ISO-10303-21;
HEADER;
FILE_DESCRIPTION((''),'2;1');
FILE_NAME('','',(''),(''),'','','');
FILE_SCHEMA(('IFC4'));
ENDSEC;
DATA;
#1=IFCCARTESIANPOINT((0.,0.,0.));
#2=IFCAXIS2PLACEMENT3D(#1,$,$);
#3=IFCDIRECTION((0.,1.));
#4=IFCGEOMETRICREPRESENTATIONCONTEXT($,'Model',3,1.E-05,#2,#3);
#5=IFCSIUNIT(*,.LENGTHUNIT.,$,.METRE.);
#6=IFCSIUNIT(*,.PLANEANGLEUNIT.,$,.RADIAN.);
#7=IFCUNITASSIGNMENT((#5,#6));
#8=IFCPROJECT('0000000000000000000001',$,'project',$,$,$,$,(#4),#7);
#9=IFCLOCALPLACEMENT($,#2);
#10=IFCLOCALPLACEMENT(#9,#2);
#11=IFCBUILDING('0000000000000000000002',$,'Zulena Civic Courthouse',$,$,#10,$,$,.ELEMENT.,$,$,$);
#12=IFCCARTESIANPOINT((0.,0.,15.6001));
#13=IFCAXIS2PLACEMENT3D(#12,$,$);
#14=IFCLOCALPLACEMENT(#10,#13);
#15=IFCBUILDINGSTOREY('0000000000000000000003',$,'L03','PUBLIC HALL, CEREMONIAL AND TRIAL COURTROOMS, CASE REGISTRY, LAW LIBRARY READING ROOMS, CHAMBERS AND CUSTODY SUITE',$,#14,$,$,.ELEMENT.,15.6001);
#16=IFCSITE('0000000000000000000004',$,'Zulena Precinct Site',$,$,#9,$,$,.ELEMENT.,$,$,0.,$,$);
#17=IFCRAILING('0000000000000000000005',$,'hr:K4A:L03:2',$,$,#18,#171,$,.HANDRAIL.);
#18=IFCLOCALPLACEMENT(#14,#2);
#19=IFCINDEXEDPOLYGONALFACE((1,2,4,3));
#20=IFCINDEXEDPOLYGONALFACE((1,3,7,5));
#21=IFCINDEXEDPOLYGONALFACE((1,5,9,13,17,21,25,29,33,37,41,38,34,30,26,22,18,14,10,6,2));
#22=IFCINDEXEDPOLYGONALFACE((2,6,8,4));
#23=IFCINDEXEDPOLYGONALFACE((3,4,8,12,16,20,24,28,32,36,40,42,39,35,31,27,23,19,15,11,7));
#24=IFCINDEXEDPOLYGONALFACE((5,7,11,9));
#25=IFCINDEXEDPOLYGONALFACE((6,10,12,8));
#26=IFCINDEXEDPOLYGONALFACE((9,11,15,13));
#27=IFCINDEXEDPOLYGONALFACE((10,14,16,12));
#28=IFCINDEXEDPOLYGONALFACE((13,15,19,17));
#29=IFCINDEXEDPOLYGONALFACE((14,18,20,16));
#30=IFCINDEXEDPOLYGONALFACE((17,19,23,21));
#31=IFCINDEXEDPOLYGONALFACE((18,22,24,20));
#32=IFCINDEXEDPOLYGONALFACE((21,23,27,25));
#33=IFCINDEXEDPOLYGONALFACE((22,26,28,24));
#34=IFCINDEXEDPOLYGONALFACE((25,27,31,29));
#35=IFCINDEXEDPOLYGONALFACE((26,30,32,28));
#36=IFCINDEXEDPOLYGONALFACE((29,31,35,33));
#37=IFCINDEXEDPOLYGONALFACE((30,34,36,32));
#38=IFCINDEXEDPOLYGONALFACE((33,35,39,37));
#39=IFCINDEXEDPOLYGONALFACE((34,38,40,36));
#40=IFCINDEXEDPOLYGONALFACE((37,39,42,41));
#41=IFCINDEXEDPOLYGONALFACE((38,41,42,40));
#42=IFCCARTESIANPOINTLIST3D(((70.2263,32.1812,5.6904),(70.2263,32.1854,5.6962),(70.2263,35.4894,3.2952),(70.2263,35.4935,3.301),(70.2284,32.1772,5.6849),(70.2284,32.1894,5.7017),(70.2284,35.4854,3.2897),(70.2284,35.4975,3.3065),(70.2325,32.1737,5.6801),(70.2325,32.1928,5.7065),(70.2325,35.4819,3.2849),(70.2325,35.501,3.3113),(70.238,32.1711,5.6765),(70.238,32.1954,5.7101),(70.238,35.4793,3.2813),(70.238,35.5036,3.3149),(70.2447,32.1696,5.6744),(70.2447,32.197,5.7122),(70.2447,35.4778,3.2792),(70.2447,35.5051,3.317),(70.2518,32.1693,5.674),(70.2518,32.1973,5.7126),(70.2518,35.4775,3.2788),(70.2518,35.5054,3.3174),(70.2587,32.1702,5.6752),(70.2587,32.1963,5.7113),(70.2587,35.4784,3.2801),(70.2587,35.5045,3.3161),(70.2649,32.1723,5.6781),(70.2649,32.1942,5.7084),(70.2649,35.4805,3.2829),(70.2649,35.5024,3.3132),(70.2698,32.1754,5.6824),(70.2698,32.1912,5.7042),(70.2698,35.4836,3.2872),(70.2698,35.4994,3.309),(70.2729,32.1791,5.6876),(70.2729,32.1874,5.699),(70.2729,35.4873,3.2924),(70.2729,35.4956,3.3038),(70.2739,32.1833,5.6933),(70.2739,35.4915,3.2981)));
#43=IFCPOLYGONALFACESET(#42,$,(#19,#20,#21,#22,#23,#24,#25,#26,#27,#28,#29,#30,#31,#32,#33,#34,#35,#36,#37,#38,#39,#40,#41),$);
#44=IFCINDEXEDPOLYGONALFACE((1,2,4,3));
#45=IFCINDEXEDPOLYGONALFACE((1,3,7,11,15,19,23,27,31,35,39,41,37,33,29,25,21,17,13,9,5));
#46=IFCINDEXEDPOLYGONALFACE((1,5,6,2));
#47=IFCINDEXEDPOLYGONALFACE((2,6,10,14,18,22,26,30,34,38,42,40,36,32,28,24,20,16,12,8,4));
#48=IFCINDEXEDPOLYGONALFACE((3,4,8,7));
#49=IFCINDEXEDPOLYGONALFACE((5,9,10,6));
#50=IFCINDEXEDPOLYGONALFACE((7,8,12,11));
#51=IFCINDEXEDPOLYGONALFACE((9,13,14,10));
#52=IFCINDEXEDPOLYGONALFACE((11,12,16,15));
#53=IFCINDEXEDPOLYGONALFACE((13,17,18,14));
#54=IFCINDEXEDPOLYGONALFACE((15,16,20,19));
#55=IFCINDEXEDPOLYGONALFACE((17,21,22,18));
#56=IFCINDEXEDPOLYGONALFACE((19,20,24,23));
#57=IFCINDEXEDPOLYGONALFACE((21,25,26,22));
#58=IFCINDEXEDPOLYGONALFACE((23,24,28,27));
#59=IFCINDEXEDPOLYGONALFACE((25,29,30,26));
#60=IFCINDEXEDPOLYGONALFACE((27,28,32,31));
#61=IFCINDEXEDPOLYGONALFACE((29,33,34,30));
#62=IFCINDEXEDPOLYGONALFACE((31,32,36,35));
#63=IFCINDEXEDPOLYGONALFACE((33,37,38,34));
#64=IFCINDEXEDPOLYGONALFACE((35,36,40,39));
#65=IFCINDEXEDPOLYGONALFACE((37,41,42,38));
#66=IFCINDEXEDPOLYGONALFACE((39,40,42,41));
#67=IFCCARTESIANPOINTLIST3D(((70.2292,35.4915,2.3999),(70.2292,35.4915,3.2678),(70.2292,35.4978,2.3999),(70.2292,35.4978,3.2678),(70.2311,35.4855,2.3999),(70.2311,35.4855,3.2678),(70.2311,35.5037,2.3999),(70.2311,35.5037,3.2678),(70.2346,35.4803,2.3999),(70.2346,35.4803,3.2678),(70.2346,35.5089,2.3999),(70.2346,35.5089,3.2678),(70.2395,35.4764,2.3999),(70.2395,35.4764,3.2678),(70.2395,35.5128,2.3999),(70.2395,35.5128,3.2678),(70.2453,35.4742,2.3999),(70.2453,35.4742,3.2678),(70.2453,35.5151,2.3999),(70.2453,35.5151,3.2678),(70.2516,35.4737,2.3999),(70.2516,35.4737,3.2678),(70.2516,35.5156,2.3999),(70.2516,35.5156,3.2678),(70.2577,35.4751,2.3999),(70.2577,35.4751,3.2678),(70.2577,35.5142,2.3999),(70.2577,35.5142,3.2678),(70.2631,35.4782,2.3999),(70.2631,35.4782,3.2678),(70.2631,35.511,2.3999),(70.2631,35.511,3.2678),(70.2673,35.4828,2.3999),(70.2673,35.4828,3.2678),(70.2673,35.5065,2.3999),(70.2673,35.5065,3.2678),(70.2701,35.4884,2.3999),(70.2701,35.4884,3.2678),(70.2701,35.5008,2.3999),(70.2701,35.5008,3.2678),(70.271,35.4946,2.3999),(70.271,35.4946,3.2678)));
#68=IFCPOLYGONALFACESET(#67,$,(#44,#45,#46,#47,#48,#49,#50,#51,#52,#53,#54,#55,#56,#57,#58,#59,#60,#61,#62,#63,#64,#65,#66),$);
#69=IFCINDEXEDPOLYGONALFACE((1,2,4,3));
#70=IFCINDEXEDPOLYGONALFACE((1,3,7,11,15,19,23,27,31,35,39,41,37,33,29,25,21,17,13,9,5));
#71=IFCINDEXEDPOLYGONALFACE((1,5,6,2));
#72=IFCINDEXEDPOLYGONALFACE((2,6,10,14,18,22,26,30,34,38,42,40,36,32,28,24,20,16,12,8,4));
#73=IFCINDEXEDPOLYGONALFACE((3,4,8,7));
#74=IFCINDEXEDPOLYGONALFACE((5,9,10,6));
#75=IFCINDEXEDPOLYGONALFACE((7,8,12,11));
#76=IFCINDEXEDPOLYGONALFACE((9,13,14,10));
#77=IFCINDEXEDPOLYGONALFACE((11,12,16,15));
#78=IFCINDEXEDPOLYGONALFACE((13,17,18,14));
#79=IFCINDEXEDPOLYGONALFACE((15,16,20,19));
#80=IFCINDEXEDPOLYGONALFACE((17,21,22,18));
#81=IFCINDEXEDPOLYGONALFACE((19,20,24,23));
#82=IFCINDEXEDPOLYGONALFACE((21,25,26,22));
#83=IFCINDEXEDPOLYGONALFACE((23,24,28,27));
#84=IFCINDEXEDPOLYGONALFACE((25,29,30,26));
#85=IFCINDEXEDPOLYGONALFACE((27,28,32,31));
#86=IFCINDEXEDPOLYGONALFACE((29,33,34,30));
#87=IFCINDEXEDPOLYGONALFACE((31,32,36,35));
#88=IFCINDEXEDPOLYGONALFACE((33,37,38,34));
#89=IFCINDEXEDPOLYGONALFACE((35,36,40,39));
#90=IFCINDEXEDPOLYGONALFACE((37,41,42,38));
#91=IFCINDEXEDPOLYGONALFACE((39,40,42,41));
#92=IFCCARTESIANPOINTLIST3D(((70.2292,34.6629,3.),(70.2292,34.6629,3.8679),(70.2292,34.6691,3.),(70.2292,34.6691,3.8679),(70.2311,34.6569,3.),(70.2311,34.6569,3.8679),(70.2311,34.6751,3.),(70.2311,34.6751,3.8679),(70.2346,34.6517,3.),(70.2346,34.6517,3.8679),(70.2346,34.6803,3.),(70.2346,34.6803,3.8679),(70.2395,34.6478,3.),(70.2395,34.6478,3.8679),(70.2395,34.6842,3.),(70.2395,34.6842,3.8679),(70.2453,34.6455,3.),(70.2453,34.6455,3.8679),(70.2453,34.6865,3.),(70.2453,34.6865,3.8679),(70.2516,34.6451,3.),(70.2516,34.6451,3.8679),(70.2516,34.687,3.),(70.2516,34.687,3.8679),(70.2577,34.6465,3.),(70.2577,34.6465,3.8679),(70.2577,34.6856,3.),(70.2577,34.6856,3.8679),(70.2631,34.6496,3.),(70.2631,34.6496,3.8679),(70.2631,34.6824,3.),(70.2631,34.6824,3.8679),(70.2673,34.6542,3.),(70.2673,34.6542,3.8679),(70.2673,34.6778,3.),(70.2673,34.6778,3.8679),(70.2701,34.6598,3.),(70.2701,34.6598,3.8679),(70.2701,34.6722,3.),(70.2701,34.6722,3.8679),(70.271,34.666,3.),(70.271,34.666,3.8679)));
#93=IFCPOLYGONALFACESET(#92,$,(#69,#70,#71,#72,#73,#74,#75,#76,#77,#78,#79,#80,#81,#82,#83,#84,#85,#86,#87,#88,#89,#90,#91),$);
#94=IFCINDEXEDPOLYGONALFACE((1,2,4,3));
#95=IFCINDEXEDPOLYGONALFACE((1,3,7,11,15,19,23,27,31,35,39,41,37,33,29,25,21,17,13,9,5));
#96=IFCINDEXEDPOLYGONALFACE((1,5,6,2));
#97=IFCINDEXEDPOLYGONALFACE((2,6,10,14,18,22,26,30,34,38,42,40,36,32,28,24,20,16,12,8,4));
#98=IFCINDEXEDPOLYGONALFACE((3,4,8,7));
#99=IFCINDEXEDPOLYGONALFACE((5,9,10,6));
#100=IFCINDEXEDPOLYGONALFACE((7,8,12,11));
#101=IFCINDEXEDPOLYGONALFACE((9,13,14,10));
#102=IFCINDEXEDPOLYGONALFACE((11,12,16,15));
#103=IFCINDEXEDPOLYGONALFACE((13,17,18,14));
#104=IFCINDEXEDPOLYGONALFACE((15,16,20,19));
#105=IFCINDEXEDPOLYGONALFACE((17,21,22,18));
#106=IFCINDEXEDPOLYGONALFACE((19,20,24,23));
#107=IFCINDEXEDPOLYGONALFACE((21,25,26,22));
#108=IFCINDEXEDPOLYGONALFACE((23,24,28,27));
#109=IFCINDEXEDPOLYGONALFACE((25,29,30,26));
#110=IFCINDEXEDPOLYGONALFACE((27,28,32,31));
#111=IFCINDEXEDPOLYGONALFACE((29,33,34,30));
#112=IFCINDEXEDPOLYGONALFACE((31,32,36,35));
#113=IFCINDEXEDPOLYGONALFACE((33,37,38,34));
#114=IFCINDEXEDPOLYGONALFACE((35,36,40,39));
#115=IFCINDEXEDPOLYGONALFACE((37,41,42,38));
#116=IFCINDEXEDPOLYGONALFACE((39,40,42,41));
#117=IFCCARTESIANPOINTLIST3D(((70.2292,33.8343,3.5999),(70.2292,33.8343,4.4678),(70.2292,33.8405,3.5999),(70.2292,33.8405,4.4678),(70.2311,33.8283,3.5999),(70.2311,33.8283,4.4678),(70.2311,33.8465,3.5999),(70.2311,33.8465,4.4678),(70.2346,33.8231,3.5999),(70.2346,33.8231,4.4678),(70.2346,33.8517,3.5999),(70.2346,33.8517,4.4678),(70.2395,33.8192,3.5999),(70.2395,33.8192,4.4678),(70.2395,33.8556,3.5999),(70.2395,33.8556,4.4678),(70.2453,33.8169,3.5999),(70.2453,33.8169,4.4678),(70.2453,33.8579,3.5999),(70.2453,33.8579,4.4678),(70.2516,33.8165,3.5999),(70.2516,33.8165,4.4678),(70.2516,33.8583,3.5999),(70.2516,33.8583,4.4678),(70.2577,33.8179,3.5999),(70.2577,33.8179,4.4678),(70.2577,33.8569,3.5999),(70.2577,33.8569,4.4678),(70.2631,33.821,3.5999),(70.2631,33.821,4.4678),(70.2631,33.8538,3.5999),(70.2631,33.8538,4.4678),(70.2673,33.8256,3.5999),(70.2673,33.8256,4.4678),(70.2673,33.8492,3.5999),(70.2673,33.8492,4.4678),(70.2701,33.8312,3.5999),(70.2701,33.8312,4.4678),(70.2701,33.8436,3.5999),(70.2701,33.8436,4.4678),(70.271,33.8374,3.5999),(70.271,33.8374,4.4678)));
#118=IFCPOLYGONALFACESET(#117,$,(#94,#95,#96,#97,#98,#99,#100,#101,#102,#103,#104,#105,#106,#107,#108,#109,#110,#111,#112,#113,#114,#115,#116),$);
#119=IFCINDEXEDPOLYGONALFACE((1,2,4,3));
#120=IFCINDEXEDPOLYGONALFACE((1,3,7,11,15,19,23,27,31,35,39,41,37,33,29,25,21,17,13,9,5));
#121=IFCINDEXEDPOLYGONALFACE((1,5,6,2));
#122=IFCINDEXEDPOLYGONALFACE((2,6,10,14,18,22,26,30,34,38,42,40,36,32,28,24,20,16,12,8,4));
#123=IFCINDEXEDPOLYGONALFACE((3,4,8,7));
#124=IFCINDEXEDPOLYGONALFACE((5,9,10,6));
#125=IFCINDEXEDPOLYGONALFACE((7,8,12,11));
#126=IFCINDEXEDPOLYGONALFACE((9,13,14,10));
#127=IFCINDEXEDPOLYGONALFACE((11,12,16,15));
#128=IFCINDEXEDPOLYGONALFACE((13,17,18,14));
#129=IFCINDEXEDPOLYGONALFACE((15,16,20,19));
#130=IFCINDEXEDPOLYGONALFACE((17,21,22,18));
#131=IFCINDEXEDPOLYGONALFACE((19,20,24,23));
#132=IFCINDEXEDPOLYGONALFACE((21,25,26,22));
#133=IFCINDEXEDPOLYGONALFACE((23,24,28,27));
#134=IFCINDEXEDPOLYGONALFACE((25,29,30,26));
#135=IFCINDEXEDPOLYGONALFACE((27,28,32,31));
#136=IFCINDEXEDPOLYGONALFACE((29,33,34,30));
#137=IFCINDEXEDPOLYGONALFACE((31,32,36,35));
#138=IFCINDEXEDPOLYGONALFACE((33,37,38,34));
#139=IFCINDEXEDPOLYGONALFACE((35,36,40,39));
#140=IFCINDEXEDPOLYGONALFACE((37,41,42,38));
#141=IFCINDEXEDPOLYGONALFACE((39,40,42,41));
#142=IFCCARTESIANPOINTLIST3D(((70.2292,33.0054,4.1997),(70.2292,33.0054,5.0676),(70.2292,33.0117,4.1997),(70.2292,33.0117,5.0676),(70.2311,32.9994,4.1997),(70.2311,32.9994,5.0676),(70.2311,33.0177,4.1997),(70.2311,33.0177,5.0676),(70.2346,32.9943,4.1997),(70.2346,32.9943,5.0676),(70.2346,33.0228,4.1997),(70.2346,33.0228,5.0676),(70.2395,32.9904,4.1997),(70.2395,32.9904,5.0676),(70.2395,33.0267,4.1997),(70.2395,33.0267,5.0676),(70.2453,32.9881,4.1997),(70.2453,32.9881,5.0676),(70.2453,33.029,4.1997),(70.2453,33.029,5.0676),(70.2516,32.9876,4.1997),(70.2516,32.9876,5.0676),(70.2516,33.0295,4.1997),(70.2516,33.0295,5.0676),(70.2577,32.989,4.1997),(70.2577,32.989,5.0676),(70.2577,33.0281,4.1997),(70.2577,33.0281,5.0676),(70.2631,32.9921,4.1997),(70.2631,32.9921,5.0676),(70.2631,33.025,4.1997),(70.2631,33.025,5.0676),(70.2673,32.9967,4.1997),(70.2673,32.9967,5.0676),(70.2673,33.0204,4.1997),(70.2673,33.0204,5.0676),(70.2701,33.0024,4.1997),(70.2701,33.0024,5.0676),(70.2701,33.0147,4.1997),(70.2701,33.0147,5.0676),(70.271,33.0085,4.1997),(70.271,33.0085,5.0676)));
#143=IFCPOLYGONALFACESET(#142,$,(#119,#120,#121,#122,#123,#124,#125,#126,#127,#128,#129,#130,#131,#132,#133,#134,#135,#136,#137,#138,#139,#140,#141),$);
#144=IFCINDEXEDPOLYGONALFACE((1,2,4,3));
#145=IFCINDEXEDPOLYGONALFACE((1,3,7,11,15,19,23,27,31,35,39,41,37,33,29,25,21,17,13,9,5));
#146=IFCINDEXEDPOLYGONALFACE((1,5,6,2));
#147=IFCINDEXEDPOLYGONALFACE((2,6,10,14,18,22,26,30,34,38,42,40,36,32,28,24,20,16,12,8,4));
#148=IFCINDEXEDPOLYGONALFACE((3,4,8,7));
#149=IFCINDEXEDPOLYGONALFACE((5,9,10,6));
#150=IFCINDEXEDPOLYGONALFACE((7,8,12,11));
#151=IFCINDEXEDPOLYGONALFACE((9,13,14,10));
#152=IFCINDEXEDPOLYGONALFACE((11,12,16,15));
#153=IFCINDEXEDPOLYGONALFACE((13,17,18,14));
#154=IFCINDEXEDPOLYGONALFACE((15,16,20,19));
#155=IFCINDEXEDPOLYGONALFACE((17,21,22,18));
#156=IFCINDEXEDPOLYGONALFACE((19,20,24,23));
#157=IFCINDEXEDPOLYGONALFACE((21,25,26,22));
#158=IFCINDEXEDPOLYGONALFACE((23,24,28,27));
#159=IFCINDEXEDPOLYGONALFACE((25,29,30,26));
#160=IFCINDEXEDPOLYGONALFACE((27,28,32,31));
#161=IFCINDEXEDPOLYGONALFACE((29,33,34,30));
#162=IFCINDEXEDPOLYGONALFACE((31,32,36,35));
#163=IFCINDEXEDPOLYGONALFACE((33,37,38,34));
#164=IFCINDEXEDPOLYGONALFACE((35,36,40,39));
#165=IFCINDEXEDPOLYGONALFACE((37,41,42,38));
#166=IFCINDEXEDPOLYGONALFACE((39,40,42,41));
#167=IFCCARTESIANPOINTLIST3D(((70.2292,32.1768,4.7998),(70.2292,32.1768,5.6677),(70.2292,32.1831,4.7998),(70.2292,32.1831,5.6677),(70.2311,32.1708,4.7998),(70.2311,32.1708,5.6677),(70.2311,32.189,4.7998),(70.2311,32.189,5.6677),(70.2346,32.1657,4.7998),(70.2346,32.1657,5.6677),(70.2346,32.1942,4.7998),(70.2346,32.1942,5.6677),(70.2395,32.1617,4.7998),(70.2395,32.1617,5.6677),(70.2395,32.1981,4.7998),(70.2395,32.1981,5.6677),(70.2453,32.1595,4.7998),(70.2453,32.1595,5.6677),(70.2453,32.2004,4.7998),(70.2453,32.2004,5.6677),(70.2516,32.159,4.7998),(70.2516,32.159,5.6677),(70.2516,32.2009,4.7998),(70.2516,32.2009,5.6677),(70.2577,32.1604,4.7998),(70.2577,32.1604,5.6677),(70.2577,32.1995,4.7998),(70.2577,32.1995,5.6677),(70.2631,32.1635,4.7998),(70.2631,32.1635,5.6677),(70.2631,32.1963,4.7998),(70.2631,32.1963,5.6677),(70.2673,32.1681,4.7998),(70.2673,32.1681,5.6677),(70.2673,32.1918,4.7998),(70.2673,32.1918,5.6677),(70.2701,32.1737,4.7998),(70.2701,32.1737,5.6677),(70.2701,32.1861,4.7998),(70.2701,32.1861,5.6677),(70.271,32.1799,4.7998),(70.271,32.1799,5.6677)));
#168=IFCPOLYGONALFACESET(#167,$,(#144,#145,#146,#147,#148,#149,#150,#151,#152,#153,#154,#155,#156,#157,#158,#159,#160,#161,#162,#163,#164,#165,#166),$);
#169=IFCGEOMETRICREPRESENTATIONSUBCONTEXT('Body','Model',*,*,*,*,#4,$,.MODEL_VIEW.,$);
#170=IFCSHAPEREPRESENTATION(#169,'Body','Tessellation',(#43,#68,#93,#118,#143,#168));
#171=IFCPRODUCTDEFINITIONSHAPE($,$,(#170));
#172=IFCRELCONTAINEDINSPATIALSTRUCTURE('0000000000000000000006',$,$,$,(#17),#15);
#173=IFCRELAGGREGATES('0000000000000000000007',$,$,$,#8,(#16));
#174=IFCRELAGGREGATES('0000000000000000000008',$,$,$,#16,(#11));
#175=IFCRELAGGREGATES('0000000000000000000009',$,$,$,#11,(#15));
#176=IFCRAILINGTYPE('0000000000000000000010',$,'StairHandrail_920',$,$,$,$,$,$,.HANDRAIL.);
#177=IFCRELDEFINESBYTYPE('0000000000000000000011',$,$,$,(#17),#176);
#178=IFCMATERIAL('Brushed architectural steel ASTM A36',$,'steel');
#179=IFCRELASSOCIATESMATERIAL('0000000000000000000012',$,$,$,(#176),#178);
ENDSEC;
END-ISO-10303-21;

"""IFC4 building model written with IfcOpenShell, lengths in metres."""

from ifc_helpers import new_model, si_unit, direction, frame, origin, origin_2d, place, context, subcontext, project, spatial, circle, extrude, material, type_object, element, save


model = new_model("IFC4")

# Units and contexts
model_context = context("Model", 3, precision=1e-05, world=origin(), true_north=direction((0.0, 1.0)))
body_context = subcontext(model_context, "Body", "Model", "MODEL_VIEW")
ifc_project = project(units=[si_unit("LENGTHUNIT", "METRE"), si_unit("PLANEANGLEUNIT", "RADIAN")], contexts=[model_context])

# Site, building, storey
site_placement = place(None, origin())
site = spatial("IfcSite", under=ifc_project, at=site_placement, Name="Zulena Precinct Site", CompositionType="ELEMENT", RefElevation=0.0)
building_placement = place(site_placement, origin())
building = spatial("IfcBuilding", under=site, at=building_placement, Name="Zulena Civic Courthouse", CompositionType="ELEMENT")
storey_placement = place(building_placement, frame((0.0, 0.0, 15.6001)))
storey = spatial("IfcBuildingStorey", under=building, at=storey_placement, Name="L03", Description="PUBLIC HALL, CEREMONIAL AND TRIAL COURTROOMS, CASE REGISTRY, LAW LIBRARY READING ROOMS, CHAMBERS AND CUSTODY SUITE", CompositionType="ELEMENT", Elevation=15.6001)

# Railing
ifc_material_1 = material(Name="Brushed architectural steel ASTM A36", Category="steel")
railing_type_1 = type_object("IfcRailingType", Name="StairHandrail_920", PredefinedType="HANDRAIL", material=ifc_material_1)
railing_1_placement = place(storey_placement, frame((70.25, 35.4946, 2.3999)))
element("IfcRailing", 1, at=railing_1_placement, inside=storey, type_object=railing_type_1, Name="hr:K4A:L03:2", PredefinedType="HANDRAIL", context=body_context, shape_type="SweptSolid", body=[
    extrude(circle(Radius=0.0239, at=origin_2d()), frame((0.0, -0.0032, 0.8982), z_axis=(0.0, -0.809988, 0.586446), x_axis=(1.0, 0.0, 0.0)), (0.0, 0.0, 1.0), 4.0842),
    extrude(circle(Radius=0.021, at=origin_2d()), origin(), (0.0, 0.0, 1.0), 0.8679),
    extrude(circle(Radius=0.021, at=origin_2d()), frame((0.0, -0.8286, 0.6001)), (0.0, 0.0, 1.0), 0.8679),
    extrude(circle(Radius=0.021, at=origin_2d()), frame((0.0, -1.6572, 1.2)), (0.0, 0.0, 1.0), 0.8679),
    extrude(circle(Radius=0.021, at=origin_2d()), frame((0.0, -2.4861, 1.7998)), (0.0, 0.0, 1.0), 0.8679),
    extrude(circle(Radius=0.021, at=origin_2d()), frame((0.0, -3.3147, 2.3999)), (0.0, 0.0, 1.0), 0.8679),
])

save(model, "model.ifc")
